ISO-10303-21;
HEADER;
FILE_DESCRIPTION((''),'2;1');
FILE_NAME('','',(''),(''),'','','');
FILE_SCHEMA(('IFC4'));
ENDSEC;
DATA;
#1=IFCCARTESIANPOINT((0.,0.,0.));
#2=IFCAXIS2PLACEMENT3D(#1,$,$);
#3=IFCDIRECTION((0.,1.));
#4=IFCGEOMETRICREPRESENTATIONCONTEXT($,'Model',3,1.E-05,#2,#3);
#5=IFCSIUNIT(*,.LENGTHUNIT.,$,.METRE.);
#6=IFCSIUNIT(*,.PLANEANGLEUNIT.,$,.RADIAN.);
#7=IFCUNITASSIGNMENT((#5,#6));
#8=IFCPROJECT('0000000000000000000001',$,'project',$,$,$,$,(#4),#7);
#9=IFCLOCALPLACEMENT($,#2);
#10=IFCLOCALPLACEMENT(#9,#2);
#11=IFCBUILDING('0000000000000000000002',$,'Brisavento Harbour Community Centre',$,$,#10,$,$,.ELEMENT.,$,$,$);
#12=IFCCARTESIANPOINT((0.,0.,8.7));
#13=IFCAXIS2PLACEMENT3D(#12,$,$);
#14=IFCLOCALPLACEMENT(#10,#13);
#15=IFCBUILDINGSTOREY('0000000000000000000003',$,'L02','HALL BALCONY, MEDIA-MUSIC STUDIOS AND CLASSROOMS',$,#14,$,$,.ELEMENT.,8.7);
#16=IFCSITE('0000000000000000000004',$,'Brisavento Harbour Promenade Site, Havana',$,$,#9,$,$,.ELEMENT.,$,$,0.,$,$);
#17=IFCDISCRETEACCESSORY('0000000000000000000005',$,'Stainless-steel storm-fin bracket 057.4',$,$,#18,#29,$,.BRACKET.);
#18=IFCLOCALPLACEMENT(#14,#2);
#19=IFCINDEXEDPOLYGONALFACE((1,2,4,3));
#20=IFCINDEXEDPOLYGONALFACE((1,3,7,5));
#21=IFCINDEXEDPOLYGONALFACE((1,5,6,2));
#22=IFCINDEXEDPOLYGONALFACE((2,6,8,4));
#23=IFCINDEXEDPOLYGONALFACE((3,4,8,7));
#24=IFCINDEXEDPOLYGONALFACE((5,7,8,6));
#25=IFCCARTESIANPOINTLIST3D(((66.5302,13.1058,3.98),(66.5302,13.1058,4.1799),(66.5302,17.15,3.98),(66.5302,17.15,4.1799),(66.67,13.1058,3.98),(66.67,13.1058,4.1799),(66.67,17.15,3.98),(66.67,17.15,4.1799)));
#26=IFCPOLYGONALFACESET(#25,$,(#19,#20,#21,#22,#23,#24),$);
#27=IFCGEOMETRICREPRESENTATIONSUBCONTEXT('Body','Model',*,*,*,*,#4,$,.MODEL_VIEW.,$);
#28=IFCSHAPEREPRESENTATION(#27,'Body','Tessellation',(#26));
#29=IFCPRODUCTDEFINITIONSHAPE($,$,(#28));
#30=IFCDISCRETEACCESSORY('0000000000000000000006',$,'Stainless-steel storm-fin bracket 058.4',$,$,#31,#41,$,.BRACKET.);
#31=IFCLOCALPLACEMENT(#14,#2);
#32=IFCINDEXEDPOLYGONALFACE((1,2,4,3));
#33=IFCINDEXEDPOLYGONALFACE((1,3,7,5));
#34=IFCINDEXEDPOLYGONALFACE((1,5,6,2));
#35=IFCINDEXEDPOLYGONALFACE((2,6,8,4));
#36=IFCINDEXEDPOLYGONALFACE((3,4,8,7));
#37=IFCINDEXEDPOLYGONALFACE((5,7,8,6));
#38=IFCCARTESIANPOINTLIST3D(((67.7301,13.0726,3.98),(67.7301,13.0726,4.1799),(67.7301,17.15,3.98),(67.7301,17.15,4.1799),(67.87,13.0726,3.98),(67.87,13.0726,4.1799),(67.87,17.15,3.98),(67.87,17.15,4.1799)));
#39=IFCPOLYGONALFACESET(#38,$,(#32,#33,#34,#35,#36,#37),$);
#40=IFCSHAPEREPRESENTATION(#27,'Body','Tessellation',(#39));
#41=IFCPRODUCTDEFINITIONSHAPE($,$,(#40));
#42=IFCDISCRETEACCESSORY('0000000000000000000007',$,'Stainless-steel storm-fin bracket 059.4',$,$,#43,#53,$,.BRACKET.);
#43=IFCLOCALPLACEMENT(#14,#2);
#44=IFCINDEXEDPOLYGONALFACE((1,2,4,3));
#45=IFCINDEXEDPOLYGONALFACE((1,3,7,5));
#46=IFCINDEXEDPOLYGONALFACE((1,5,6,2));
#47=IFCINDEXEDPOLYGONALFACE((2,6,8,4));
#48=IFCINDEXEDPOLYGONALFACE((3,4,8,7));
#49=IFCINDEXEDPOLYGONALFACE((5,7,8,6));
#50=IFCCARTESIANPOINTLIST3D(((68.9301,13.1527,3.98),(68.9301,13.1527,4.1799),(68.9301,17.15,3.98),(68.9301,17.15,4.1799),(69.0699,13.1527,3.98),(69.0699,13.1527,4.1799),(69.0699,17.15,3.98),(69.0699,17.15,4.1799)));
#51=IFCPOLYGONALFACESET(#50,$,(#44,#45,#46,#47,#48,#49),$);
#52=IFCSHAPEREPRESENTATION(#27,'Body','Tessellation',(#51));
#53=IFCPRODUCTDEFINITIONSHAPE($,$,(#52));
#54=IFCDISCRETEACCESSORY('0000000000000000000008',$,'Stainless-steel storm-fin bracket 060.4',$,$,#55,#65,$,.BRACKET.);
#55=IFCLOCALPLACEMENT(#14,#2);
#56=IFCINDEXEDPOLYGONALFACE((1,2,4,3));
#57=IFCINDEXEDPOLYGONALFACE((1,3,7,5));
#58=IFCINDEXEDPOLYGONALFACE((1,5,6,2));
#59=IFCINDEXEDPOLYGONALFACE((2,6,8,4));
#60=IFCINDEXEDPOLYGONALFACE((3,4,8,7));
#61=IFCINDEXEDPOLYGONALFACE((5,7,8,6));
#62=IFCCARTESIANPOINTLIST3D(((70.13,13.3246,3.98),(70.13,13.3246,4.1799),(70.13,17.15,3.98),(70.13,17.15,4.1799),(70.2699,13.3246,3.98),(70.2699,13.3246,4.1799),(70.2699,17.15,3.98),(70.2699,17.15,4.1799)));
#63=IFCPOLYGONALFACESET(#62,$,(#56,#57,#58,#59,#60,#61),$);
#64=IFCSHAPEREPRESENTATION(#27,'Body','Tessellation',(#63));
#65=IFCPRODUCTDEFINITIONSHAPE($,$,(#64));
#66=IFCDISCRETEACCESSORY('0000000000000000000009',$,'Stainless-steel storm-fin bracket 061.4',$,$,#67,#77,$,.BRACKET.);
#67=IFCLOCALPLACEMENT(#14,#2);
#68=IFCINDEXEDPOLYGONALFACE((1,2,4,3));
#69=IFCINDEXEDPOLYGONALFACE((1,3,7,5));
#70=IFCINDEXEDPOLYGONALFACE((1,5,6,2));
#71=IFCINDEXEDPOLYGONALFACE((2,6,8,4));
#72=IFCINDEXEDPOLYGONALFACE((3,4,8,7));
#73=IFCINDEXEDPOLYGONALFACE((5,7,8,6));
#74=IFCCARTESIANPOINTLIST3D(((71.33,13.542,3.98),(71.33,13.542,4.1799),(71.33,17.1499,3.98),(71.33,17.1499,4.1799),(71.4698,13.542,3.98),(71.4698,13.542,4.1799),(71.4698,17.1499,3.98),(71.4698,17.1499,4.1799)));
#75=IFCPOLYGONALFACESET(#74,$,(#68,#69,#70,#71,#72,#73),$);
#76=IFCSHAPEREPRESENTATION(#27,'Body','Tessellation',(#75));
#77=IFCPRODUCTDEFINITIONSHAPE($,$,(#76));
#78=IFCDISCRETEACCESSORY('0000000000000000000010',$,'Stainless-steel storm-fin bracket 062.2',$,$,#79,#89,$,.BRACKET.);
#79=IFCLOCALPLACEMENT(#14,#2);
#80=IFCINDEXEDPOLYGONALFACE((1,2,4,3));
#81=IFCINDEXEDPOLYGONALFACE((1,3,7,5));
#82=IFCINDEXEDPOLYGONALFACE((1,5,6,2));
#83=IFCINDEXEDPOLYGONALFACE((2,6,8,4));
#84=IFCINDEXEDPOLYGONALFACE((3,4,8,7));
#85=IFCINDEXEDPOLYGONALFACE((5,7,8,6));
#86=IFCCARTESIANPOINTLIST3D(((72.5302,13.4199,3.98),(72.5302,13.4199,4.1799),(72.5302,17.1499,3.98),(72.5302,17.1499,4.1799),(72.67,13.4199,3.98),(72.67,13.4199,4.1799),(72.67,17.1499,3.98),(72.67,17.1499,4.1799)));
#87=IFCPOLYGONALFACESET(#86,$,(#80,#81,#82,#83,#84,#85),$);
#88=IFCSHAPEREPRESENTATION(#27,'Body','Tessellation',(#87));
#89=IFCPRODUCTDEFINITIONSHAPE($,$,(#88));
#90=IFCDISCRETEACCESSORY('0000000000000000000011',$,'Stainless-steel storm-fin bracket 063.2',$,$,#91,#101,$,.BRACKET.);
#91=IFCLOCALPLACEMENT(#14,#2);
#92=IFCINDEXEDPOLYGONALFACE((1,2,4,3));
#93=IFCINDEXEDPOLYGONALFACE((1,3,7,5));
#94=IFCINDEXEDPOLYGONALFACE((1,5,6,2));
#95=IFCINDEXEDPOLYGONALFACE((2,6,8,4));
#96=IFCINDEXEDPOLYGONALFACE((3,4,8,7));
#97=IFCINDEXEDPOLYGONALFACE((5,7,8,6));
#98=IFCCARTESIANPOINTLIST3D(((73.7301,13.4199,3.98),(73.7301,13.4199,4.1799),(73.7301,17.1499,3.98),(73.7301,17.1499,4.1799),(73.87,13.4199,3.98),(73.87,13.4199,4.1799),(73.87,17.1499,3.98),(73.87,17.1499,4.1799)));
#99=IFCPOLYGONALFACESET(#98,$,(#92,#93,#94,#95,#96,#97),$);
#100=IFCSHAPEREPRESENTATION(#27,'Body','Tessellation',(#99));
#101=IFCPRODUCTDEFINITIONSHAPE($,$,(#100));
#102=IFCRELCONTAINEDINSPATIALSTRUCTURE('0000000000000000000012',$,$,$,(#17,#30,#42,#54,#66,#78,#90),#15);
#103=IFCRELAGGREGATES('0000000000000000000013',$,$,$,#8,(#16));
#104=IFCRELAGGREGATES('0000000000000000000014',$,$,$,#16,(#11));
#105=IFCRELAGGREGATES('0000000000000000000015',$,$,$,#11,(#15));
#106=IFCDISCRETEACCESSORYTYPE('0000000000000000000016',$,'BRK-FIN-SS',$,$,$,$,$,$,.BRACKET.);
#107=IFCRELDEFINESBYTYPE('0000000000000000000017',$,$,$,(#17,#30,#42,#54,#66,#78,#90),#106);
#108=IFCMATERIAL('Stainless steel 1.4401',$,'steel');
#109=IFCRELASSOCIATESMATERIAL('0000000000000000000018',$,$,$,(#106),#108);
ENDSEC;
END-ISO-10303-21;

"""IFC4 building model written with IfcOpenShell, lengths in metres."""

from ifc_helpers import new_model, si_unit, direction, frame, origin, origin_2d, place, context, subcontext, project, spatial, rectangle, extrude, material, type_object, element, save


model = new_model("IFC4")

# Units and contexts
model_context = context("Model", 3, precision=1e-05, world=origin(), true_north=direction((0.0, 1.0)))
body_context = subcontext(model_context, "Body", "Model", "MODEL_VIEW")
ifc_project = project(units=[si_unit("LENGTHUNIT", "METRE"), si_unit("PLANEANGLEUNIT", "RADIAN")], contexts=[model_context])

# Site, building, storey
site_placement = place(None, origin())
site = spatial("IfcSite", under=ifc_project, at=site_placement, Name="Brisavento Harbour Promenade Site, Havana", CompositionType="ELEMENT", RefElevation=0.0)
building_placement = place(site_placement, origin())
building = spatial("IfcBuilding", under=site, at=building_placement, Name="Brisavento Harbour Community Centre", CompositionType="ELEMENT")
storey_placement = place(building_placement, frame((0.0, 0.0, 8.7)))
storey = spatial("IfcBuildingStorey", under=building, at=storey_placement, Name="L02", Description="HALL BALCONY, MEDIA-MUSIC STUDIOS AND CLASSROOMS", CompositionType="ELEMENT", Elevation=8.7)

# Shared definitions
ifc_material_1 = material(Name="Stainless steel 1.4401", Category="steel")

# Discrete accessories
discrete_accessory_type = type_object("IfcDiscreteAccessoryType", Name="BRK-FIN-SS", PredefinedType="BRACKET", material=ifc_material_1)
discrete_accessory_1_placement = place(storey_placement, frame((66.6001, 15.1279, 3.98), z_axis=(0.0, 0.0, 1.0), x_axis=(0.0, -1.0, 0.0)))
element("IfcDiscreteAccessory", 1, at=discrete_accessory_1_placement, inside=storey, type_object=discrete_accessory_type, Name="Stainless-steel storm-fin bracket 057.4", PredefinedType="BRACKET", context=body_context, shape_type="SweptSolid", body=[
    extrude(rectangle(XDim=4.0442, YDim=0.1399, at=origin_2d()), origin(), (0.0, 0.0, 1.0), 0.2),
])
discrete_accessory_2_placement = place(storey_placement, frame((67.8, 15.1113, 3.98), z_axis=(0.0, 0.0, 1.0), x_axis=(0.0, -1.0, 0.0)))
element("IfcDiscreteAccessory", 2, at=discrete_accessory_2_placement, inside=storey, type_object=discrete_accessory_type, Name="Stainless-steel storm-fin bracket 058.4", PredefinedType="BRACKET", context=body_context, shape_type="SweptSolid", body=[
    extrude(rectangle(XDim=4.0774, YDim=0.1399, at=origin_2d()), origin(), (0.0, 0.0, 1.0), 0.2),
])
discrete_accessory_3_placement = place(storey_placement, frame((69.0, 15.1514, 3.98), z_axis=(0.0, 0.0, 1.0), x_axis=(0.0, -1.0, 0.0)))
element("IfcDiscreteAccessory", 3, at=discrete_accessory_3_placement, inside=storey, type_object=discrete_accessory_type, Name="Stainless-steel storm-fin bracket 059.4", PredefinedType="BRACKET", context=body_context, shape_type="SweptSolid", body=[
    extrude(rectangle(XDim=3.9973, YDim=0.1399, at=origin_2d()), origin(), (0.0, 0.0, 1.0), 0.2),
])
discrete_accessory_4_placement = place(storey_placement, frame((70.2, 15.2373, 3.98), z_axis=(0.0, 0.0, 1.0), x_axis=(0.0, -1.0, 0.0)))
element("IfcDiscreteAccessory", 4, at=discrete_accessory_4_placement, inside=storey, type_object=discrete_accessory_type, Name="Stainless-steel storm-fin bracket 060.4", PredefinedType="BRACKET", context=body_context, shape_type="SweptSolid", body=[
    extrude(rectangle(XDim=3.8254, YDim=0.1399, at=origin_2d()), origin(), (0.0, 0.0, 1.0), 0.2),
])
discrete_accessory_5_placement = place(storey_placement, frame((71.3999, 15.3459, 3.98), z_axis=(0.0, 0.0, 1.0), x_axis=(0.0, -1.0, 0.0)))
element("IfcDiscreteAccessory", 5, at=discrete_accessory_5_placement, inside=storey, type_object=discrete_accessory_type, Name="Stainless-steel storm-fin bracket 061.4", PredefinedType="BRACKET", context=body_context, shape_type="SweptSolid", body=[
    extrude(rectangle(XDim=3.6079, YDim=0.1399, at=origin_2d()), origin(), (0.0, 0.0, 1.0), 0.2),
])
for number, where, z_axis, x_axis, name in (
    (6, (72.6001, 15.2849, 3.98), (0.0, 0.0, 1.0), (0.0, -1.0, 0.0), "Stainless-steel storm-fin bracket 062.2"),
    (7, (73.8, 15.2849, 3.98), (0.0, 0.0, 1.0), (0.0, -1.0, 0.0), "Stainless-steel storm-fin bracket 063.2"),
):
    element("IfcDiscreteAccessory", number, at=place(storey_placement, frame(where, z_axis=z_axis, x_axis=x_axis)), inside=storey, type_object=discrete_accessory_type, Name=name, PredefinedType="BRACKET", context=body_context, shape_type="SweptSolid", body=[
        extrude(rectangle(XDim=3.73, YDim=0.1399, at=origin_2d()), origin(), (0.0, 0.0, 1.0), 0.2),
    ])

save(model, "model.ifc")
